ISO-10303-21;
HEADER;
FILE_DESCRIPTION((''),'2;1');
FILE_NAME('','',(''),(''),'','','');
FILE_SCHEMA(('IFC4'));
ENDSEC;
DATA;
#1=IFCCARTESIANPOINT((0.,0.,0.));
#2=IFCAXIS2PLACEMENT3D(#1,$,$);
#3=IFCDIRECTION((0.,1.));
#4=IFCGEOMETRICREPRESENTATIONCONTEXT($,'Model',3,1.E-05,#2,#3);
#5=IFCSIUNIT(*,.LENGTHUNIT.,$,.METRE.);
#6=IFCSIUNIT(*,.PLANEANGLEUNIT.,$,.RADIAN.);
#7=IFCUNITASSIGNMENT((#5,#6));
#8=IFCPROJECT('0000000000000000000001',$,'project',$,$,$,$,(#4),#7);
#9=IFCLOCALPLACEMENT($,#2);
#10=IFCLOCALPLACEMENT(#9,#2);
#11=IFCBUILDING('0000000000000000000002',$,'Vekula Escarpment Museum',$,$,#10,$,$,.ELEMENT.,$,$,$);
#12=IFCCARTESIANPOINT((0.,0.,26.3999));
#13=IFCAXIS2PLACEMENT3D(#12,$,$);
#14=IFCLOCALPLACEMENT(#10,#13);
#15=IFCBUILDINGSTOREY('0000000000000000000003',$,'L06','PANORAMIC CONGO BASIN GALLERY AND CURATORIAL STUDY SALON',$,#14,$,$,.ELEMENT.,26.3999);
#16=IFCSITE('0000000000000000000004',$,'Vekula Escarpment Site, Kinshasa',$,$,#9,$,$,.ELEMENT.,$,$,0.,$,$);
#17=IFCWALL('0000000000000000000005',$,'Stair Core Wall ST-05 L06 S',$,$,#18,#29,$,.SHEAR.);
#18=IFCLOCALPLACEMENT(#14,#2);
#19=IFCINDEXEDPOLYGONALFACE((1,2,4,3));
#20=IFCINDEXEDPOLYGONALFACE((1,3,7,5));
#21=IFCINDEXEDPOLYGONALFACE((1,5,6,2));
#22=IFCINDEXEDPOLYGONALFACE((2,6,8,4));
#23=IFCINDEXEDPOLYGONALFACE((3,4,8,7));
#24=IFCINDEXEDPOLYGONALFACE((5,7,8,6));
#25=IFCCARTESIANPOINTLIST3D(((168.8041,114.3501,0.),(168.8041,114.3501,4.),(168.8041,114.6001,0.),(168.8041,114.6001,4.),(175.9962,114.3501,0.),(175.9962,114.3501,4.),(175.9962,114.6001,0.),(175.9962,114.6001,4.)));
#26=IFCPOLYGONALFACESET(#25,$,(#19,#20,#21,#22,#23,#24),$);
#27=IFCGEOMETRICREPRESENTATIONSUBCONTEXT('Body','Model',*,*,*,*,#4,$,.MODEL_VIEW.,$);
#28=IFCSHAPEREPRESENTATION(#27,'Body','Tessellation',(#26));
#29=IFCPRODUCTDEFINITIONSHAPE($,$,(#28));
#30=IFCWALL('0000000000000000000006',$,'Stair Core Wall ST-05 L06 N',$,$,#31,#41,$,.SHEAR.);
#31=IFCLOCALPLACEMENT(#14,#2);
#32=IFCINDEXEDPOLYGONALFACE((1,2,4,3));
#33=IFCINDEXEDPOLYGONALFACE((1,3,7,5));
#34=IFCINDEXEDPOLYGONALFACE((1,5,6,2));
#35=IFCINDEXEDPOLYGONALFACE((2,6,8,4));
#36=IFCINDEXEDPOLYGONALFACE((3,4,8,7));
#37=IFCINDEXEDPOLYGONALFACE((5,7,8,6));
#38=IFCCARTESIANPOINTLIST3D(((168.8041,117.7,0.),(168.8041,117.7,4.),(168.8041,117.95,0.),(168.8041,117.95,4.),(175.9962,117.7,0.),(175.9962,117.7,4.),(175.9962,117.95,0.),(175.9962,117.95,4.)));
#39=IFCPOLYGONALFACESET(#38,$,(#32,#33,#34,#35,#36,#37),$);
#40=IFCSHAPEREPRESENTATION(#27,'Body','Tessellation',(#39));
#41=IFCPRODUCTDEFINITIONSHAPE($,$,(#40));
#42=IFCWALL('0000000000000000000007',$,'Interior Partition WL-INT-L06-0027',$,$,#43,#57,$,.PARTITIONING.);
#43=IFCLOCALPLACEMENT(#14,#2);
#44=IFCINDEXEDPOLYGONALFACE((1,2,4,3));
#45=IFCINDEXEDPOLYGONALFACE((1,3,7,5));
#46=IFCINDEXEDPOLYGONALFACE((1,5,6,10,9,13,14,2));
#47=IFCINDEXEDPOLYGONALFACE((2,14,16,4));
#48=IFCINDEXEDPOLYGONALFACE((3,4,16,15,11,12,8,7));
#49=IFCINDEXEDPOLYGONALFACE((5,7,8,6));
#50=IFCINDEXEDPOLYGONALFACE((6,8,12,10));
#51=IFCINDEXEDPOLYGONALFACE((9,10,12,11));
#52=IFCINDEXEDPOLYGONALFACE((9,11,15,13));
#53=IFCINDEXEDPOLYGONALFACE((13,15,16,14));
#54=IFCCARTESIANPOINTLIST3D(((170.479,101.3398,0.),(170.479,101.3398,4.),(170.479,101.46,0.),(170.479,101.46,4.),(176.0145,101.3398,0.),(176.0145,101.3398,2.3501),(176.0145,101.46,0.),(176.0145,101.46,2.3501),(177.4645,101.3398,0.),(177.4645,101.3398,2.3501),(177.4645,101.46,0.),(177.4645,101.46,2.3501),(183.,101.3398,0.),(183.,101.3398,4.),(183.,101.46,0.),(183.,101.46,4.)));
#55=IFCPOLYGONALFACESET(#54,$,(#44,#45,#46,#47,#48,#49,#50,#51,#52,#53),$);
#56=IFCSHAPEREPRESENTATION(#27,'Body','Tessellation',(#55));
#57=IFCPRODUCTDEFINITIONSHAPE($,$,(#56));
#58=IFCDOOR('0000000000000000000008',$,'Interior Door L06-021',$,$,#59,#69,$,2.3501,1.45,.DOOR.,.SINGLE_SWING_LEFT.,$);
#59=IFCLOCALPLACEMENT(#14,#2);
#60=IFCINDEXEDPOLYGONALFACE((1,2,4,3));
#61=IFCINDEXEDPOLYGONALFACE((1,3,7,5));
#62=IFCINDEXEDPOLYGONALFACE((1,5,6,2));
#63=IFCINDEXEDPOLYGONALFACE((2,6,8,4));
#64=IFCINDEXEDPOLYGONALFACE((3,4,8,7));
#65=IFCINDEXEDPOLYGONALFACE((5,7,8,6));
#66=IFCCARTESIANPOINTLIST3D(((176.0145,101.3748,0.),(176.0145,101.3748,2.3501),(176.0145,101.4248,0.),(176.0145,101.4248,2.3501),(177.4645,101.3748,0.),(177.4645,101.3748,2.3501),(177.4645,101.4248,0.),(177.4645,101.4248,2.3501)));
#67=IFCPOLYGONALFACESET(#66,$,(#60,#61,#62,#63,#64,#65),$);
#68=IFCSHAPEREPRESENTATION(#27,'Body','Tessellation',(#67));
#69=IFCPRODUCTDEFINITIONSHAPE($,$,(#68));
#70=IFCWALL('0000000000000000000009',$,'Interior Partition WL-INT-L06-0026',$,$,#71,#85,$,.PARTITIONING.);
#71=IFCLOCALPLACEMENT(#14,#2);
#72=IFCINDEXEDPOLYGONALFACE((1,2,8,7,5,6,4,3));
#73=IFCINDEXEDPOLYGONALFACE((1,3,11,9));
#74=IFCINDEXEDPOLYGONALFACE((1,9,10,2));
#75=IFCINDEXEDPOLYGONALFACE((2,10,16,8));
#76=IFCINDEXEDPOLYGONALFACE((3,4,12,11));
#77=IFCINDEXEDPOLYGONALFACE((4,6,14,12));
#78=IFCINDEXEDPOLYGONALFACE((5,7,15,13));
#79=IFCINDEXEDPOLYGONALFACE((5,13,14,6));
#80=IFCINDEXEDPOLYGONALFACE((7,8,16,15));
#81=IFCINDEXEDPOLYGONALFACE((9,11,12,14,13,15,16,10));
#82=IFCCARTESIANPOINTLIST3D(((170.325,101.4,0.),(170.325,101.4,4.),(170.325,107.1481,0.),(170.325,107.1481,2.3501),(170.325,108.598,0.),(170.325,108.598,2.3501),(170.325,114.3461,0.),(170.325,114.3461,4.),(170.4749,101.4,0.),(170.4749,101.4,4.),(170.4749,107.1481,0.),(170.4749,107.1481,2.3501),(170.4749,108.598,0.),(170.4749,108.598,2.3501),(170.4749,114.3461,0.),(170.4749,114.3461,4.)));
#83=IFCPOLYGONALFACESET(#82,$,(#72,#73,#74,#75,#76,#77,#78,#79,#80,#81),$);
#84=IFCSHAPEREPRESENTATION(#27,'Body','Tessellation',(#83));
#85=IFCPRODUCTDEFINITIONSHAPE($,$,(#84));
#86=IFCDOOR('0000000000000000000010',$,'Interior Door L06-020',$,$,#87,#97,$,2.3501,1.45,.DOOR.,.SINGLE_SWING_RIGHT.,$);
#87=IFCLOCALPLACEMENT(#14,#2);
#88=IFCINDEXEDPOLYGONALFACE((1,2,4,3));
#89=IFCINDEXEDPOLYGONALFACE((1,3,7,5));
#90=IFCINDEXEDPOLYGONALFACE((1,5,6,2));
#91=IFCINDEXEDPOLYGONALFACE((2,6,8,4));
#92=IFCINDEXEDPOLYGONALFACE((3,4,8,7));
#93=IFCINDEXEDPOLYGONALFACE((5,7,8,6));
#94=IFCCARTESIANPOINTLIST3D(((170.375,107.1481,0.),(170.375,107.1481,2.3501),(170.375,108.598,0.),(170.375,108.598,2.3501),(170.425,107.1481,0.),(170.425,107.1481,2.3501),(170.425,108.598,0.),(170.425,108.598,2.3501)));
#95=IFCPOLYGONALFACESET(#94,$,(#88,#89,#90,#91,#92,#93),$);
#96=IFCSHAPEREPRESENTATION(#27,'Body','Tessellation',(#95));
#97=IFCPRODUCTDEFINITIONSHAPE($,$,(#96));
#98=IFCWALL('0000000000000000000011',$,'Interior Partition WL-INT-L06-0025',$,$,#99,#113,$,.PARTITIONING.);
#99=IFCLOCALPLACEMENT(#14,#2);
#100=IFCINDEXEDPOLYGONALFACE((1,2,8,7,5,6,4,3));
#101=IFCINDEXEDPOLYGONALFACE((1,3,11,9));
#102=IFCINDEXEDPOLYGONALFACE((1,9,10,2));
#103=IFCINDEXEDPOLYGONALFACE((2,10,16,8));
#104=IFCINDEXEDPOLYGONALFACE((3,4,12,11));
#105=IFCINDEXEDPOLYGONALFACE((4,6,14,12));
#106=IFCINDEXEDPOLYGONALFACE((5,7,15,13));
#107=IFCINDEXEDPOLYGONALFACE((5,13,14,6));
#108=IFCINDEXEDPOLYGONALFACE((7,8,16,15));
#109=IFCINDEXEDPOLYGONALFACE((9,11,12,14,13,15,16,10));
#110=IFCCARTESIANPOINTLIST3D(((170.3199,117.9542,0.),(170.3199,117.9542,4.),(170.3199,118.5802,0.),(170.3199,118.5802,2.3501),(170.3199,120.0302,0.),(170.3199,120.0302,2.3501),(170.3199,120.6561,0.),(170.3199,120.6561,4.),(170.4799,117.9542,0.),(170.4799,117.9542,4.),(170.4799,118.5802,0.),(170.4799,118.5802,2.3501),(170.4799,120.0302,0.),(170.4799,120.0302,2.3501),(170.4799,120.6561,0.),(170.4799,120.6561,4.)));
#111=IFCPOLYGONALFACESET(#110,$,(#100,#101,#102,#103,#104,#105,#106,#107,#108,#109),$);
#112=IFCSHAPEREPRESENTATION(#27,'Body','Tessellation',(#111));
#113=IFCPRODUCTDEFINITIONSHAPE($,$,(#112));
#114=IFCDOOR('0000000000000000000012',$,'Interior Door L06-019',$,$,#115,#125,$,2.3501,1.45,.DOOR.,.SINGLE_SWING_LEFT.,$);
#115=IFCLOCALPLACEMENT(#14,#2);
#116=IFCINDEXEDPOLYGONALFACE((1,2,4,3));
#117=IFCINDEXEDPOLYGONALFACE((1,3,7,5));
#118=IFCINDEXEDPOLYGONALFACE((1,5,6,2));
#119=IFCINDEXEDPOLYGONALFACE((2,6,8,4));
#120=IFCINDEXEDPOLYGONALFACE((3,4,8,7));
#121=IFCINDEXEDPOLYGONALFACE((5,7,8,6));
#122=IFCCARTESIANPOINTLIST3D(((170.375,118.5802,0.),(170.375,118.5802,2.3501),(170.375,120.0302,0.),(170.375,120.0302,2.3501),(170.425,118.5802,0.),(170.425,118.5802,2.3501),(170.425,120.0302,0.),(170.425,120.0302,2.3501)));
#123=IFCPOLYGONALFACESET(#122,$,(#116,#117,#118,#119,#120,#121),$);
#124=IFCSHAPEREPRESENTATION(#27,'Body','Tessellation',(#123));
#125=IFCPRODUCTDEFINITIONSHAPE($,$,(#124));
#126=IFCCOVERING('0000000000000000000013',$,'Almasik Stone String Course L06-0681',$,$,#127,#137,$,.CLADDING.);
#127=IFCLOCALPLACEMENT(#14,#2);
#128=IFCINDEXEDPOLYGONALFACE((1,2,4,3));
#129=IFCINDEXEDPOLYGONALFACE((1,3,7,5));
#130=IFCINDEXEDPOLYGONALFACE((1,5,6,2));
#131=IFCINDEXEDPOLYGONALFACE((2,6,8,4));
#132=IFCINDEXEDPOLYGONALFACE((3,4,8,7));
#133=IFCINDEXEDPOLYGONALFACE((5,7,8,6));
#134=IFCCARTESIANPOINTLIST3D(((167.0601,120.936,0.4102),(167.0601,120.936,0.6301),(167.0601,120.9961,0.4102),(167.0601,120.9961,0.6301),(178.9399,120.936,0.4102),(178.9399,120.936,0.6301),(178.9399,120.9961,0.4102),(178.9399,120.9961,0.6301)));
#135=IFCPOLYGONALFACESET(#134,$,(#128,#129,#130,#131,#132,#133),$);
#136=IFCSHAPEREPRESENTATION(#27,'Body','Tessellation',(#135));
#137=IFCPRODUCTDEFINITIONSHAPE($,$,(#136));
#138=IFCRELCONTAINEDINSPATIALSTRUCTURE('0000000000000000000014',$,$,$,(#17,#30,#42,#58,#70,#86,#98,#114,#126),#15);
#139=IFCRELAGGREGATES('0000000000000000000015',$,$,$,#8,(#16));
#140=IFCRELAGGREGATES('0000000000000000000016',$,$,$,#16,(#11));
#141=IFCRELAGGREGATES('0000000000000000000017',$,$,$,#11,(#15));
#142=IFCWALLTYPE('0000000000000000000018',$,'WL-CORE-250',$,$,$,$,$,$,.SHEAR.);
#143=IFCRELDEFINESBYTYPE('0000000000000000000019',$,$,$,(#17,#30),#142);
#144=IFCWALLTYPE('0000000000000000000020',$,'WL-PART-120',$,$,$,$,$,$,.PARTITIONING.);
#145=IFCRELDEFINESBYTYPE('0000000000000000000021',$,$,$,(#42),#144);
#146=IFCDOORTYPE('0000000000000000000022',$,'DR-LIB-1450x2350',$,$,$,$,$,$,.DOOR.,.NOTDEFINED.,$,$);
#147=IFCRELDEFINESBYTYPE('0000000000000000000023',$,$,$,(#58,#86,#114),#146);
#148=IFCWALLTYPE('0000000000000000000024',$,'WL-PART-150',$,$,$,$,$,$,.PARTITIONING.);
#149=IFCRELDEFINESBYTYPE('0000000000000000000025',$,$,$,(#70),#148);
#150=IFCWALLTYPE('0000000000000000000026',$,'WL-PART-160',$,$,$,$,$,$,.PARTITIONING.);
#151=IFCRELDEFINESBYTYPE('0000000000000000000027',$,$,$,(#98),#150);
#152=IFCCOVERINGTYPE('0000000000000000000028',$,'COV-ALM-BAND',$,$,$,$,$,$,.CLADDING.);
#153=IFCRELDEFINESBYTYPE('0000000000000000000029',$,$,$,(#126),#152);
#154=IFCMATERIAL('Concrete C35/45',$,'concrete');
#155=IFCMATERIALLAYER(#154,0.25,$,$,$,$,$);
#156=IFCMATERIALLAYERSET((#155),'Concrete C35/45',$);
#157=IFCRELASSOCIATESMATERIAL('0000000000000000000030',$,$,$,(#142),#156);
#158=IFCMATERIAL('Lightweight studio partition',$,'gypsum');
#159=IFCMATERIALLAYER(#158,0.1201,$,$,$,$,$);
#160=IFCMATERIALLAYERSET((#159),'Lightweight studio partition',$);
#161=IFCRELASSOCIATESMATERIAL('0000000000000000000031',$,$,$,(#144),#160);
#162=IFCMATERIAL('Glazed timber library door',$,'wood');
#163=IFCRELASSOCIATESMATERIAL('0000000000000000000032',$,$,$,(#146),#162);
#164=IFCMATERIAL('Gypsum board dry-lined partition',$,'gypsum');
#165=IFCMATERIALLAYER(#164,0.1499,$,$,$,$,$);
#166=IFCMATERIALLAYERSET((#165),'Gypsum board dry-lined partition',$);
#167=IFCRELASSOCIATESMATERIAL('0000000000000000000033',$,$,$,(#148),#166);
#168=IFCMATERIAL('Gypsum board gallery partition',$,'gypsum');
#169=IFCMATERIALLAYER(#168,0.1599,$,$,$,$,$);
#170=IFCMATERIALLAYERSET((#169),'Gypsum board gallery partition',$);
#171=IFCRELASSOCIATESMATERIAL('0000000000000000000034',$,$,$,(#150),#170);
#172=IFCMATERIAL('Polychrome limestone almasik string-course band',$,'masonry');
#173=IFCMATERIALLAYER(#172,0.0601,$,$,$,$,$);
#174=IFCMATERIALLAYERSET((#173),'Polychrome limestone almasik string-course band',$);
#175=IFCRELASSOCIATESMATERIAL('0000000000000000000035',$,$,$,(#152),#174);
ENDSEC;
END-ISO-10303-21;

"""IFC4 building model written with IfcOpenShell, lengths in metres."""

from ifc_helpers import new_model, si_unit, direction, frame, frame_2d, origin, origin_2d, place, context, subcontext, project, spatial, rectangle, extrude, material, layer, layer_set, type_object, element, fill, save


model = new_model("IFC4")

# Units and contexts
model_context = context("Model", 3, precision=1e-05, world=origin(), true_north=direction((0.0, 1.0)))
body_context = subcontext(model_context, "Body", "Model", "MODEL_VIEW")
ifc_project = project(units=[si_unit("LENGTHUNIT", "METRE"), si_unit("PLANEANGLEUNIT", "RADIAN")], contexts=[model_context])

# Site, building, storey
site_placement = place(None, origin())
site = spatial("IfcSite", under=ifc_project, at=site_placement, Name="Vekula Escarpment Site, Kinshasa", CompositionType="ELEMENT", RefElevation=0.0)
building_placement = place(site_placement, origin())
building = spatial("IfcBuilding", under=site, at=building_placement, Name="Vekula Escarpment Museum", CompositionType="ELEMENT")
storey_placement = place(building_placement, frame((0.0, 0.0, 26.3999)))
storey = spatial("IfcBuildingStorey", under=building, at=storey_placement, Name="L06", Description="PANORAMIC CONGO BASIN GALLERY AND CURATORIAL STUDY SALON", CompositionType="ELEMENT", Elevation=26.3999)

# Shared definitions
ifc_material_1 = material(Name="Concrete C35/45", Category="concrete")
ifc_layer_1 = layer(ifc_material_1, 0.25)
ifc_layer_set_1 = layer_set([ifc_layer_1], Name="Concrete C35/45")
wall_type_1 = type_object("IfcWallType", Name="WL-CORE-250", PredefinedType="SHEAR", material=ifc_layer_set_1)

# Walls
for number, where, z_axis, x_axis, name in (
    (1, (168.804, 114.4751, 0.0), (0.0, 0.0, 1.0), (1.0, 0.0, 0.0), "Stair Core Wall ST-05 L06 S"),
    (2, (168.804, 117.825, 0.0), (0.0, 0.0, 1.0), (1.0, 0.0, 0.0), "Stair Core Wall ST-05 L06 N"),
):
    element("IfcWall", number, at=place(storey_placement, frame(where, z_axis=z_axis, x_axis=x_axis)), inside=storey, type_object=wall_type_1, Name=name, PredefinedType="SHEAR", context=body_context, shape_type="SweptSolid", body=[
        extrude(rectangle(XDim=7.1921, YDim=0.25, at=frame_2d((3.5962, 0.0))), origin(), (0.0, 0.0, 1.0), 4.0),
    ])

# Walls, openings, doors
ifc_material_2 = material(Name="Lightweight studio partition", Category="gypsum")
ifc_layer_2 = layer(ifc_material_2, 0.1201)
ifc_layer_set_2 = layer_set([ifc_layer_2], Name="Lightweight studio partition")
wall_type_2 = type_object("IfcWallType", Name="WL-PART-120", PredefinedType="PARTITIONING", material=ifc_layer_set_2)
wall_1_placement = place(storey_placement, frame((170.479, 101.3999, 0.0), z_axis=(0.0, 0.0, 1.0), x_axis=(1.0, 0.0, 0.0)))
wall_1 = element("IfcWall", 3, at=wall_1_placement, inside=storey, type_object=wall_type_2, Name="Interior Partition WL-INT-L06-0027", PredefinedType="PARTITIONING", context=body_context, shape_type="SweptSolid", body=[
    extrude(rectangle(XDim=12.521, YDim=0.1201, at=frame_2d((6.2605, 0.0))), origin(), (0.0, 0.0, 1.0), 4.0),
])
opening_1_placement = place(wall_1_placement, frame((5.5354, 0.0, 0.0)))
opening_1 = element("IfcOpeningElement", 4, at=opening_1_placement, cuts=wall_1, PredefinedType="OPENING", context=body_context, shape_type="SweptSolid", body=[
    extrude(rectangle(XDim=1.45, YDim=2.3501, at=frame_2d((0.7251, 1.175))), frame((0.0, 0.0701, 0.0), z_axis=(0.0, -1.0, 0.0), x_axis=(1.0, 0.0, 0.0)), (0.0, 0.0, 1.0), 0.1401),
])
ifc_material_3 = material(Name="Glazed timber library door", Category="wood")
door_type_1 = type_object("IfcDoorType", Name="DR-LIB-1450x2350", OperationType="NOTDEFINED", PredefinedType="DOOR", material=ifc_material_3)
door_1_placement = place(opening_1_placement, origin())
door_1 = element("IfcDoor", 5, at=door_1_placement, inside=storey, type_object=door_type_1, Name="Interior Door L06-021", OperationType="SINGLE_SWING_LEFT", OverallHeight=2.3501, OverallWidth=1.45, PredefinedType="DOOR", context=body_context, shape_type="SweptSolid", body=[
    extrude(rectangle(XDim=1.45, YDim=2.3501, at=frame_2d((0.7251, 1.175))), frame((0.0, 0.0249, 0.0), z_axis=(0.0, -1.0, 0.0), x_axis=(1.0, 0.0, 0.0)), (0.0, 0.0, 1.0), 0.05),
])
fill(opening_1, door_1)
ifc_material_4 = material(Name="Gypsum board dry-lined partition", Category="gypsum")
ifc_layer_3 = layer(ifc_material_4, 0.1499)
ifc_layer_set_3 = layer_set([ifc_layer_3], Name="Gypsum board dry-lined partition")
wall_type_3 = type_object("IfcWallType", Name="WL-PART-150", PredefinedType="PARTITIONING", material=ifc_layer_set_3)
wall_2_placement = place(storey_placement, frame((170.3999, 101.3999, 0.0), z_axis=(0.0, 0.0, 1.0), x_axis=(0.0, 1.0, 0.0)))
wall_2 = element("IfcWall", 6, at=wall_2_placement, inside=storey, type_object=wall_type_3, Name="Interior Partition WL-INT-L06-0026", PredefinedType="PARTITIONING", context=body_context, shape_type="SweptSolid", body=[
    extrude(rectangle(XDim=12.946, YDim=0.1499, at=frame_2d((6.4731, 0.0))), origin(), (0.0, 0.0, 1.0), 4.0),
])
opening_2_placement = place(wall_2_placement, frame((5.748, 0.0, 0.0)))
opening_2 = element("IfcOpeningElement", 7, at=opening_2_placement, cuts=wall_2, PredefinedType="OPENING", context=body_context, shape_type="SweptSolid", body=[
    extrude(rectangle(XDim=1.45, YDim=2.3501, at=frame_2d((0.7251, 1.175))), frame((0.0, 0.085, 0.0), z_axis=(0.0, -1.0, 0.0), x_axis=(1.0, 0.0, 0.0)), (0.0, 0.0, 1.0), 0.1699),
])
door_2_placement = place(opening_2_placement, origin())
door_2 = element("IfcDoor", 8, at=door_2_placement, inside=storey, type_object=door_type_1, Name="Interior Door L06-020", OperationType="SINGLE_SWING_RIGHT", OverallHeight=2.3501, OverallWidth=1.45, PredefinedType="DOOR", context=body_context, shape_type="SweptSolid", body=[
    extrude(rectangle(XDim=1.45, YDim=2.3501, at=frame_2d((0.7251, 1.175))), frame((0.0, 0.0249, 0.0), z_axis=(0.0, -1.0, 0.0), x_axis=(1.0, 0.0, 0.0)), (0.0, 0.0, 1.0), 0.05),
])
fill(opening_2, door_2)
ifc_material_5 = material(Name="Gypsum board gallery partition", Category="gypsum")
ifc_layer_4 = layer(ifc_material_5, 0.1599)
ifc_layer_set_4 = layer_set([ifc_layer_4], Name="Gypsum board gallery partition")
wall_type_4 = type_object("IfcWallType", Name="WL-PART-160", PredefinedType="PARTITIONING", material=ifc_layer_set_4)
wall_3_placement = place(storey_placement, frame((170.3999, 117.9541, 0.0), z_axis=(0.0, 0.0, 1.0), x_axis=(0.0, 1.0, 0.0)))
wall_3 = element("IfcWall", 9, at=wall_3_placement, inside=storey, type_object=wall_type_4, Name="Interior Partition WL-INT-L06-0025", PredefinedType="PARTITIONING", context=body_context, shape_type="SweptSolid", body=[
    extrude(rectangle(XDim=2.7019, YDim=0.1599, at=frame_2d((1.3511, 0.0))), origin(), (0.0, 0.0, 1.0), 4.0),
])
opening_3_placement = place(wall_3_placement, frame((0.626, 0.0, 0.0)))
opening_3 = element("IfcOpeningElement", 10, at=opening_3_placement, cuts=wall_3, PredefinedType="OPENING", context=body_context, shape_type="SweptSolid", body=[
    extrude(rectangle(XDim=1.45, YDim=2.3501, at=frame_2d((0.7251, 1.175))), frame((0.0, 0.0898, 0.0), z_axis=(0.0, -1.0, 0.0), x_axis=(1.0, 0.0, 0.0)), (0.0, 0.0, 1.0), 0.1799),
])
door_3_placement = place(opening_3_placement, origin())
door_3 = element("IfcDoor", 11, at=door_3_placement, inside=storey, type_object=door_type_1, Name="Interior Door L06-019", OperationType="SINGLE_SWING_LEFT", OverallHeight=2.3501, OverallWidth=1.45, PredefinedType="DOOR", context=body_context, shape_type="SweptSolid", body=[
    extrude(rectangle(XDim=1.45, YDim=2.3501, at=frame_2d((0.7251, 1.175))), frame((0.0, 0.0249, 0.0), z_axis=(0.0, -1.0, 0.0), x_axis=(1.0, 0.0, 0.0)), (0.0, 0.0, 1.0), 0.05),
])
fill(opening_3, door_3)

# Covering
ifc_material_6 = material(Name="Polychrome limestone almasik string-course band", Category="masonry")
ifc_layer_5 = layer(ifc_material_6, 0.0601)
ifc_layer_set_5 = layer_set([ifc_layer_5], Name="Polychrome limestone almasik string-course band")
covering_type = type_object("IfcCoveringType", Name="COV-ALM-BAND", PredefinedType="CLADDING", material=ifc_layer_set_5)
covering_placement = place(storey_placement, frame((173.0, 120.9661, 0.4102), z_axis=(0.0, 0.0, 1.0), x_axis=(1.0, 0.0, 0.0)))
element("IfcCovering", 12, at=covering_placement, inside=storey, type_object=covering_type, Name="Almasik Stone String Course L06-0681", PredefinedType="CLADDING", context=body_context, shape_type="SweptSolid", body=[
    extrude(rectangle(XDim=11.8799, YDim=0.0601, at=origin_2d()), origin(), (0.0, 0.0, 1.0), 0.22),
])

save(model, "model.ifc")
